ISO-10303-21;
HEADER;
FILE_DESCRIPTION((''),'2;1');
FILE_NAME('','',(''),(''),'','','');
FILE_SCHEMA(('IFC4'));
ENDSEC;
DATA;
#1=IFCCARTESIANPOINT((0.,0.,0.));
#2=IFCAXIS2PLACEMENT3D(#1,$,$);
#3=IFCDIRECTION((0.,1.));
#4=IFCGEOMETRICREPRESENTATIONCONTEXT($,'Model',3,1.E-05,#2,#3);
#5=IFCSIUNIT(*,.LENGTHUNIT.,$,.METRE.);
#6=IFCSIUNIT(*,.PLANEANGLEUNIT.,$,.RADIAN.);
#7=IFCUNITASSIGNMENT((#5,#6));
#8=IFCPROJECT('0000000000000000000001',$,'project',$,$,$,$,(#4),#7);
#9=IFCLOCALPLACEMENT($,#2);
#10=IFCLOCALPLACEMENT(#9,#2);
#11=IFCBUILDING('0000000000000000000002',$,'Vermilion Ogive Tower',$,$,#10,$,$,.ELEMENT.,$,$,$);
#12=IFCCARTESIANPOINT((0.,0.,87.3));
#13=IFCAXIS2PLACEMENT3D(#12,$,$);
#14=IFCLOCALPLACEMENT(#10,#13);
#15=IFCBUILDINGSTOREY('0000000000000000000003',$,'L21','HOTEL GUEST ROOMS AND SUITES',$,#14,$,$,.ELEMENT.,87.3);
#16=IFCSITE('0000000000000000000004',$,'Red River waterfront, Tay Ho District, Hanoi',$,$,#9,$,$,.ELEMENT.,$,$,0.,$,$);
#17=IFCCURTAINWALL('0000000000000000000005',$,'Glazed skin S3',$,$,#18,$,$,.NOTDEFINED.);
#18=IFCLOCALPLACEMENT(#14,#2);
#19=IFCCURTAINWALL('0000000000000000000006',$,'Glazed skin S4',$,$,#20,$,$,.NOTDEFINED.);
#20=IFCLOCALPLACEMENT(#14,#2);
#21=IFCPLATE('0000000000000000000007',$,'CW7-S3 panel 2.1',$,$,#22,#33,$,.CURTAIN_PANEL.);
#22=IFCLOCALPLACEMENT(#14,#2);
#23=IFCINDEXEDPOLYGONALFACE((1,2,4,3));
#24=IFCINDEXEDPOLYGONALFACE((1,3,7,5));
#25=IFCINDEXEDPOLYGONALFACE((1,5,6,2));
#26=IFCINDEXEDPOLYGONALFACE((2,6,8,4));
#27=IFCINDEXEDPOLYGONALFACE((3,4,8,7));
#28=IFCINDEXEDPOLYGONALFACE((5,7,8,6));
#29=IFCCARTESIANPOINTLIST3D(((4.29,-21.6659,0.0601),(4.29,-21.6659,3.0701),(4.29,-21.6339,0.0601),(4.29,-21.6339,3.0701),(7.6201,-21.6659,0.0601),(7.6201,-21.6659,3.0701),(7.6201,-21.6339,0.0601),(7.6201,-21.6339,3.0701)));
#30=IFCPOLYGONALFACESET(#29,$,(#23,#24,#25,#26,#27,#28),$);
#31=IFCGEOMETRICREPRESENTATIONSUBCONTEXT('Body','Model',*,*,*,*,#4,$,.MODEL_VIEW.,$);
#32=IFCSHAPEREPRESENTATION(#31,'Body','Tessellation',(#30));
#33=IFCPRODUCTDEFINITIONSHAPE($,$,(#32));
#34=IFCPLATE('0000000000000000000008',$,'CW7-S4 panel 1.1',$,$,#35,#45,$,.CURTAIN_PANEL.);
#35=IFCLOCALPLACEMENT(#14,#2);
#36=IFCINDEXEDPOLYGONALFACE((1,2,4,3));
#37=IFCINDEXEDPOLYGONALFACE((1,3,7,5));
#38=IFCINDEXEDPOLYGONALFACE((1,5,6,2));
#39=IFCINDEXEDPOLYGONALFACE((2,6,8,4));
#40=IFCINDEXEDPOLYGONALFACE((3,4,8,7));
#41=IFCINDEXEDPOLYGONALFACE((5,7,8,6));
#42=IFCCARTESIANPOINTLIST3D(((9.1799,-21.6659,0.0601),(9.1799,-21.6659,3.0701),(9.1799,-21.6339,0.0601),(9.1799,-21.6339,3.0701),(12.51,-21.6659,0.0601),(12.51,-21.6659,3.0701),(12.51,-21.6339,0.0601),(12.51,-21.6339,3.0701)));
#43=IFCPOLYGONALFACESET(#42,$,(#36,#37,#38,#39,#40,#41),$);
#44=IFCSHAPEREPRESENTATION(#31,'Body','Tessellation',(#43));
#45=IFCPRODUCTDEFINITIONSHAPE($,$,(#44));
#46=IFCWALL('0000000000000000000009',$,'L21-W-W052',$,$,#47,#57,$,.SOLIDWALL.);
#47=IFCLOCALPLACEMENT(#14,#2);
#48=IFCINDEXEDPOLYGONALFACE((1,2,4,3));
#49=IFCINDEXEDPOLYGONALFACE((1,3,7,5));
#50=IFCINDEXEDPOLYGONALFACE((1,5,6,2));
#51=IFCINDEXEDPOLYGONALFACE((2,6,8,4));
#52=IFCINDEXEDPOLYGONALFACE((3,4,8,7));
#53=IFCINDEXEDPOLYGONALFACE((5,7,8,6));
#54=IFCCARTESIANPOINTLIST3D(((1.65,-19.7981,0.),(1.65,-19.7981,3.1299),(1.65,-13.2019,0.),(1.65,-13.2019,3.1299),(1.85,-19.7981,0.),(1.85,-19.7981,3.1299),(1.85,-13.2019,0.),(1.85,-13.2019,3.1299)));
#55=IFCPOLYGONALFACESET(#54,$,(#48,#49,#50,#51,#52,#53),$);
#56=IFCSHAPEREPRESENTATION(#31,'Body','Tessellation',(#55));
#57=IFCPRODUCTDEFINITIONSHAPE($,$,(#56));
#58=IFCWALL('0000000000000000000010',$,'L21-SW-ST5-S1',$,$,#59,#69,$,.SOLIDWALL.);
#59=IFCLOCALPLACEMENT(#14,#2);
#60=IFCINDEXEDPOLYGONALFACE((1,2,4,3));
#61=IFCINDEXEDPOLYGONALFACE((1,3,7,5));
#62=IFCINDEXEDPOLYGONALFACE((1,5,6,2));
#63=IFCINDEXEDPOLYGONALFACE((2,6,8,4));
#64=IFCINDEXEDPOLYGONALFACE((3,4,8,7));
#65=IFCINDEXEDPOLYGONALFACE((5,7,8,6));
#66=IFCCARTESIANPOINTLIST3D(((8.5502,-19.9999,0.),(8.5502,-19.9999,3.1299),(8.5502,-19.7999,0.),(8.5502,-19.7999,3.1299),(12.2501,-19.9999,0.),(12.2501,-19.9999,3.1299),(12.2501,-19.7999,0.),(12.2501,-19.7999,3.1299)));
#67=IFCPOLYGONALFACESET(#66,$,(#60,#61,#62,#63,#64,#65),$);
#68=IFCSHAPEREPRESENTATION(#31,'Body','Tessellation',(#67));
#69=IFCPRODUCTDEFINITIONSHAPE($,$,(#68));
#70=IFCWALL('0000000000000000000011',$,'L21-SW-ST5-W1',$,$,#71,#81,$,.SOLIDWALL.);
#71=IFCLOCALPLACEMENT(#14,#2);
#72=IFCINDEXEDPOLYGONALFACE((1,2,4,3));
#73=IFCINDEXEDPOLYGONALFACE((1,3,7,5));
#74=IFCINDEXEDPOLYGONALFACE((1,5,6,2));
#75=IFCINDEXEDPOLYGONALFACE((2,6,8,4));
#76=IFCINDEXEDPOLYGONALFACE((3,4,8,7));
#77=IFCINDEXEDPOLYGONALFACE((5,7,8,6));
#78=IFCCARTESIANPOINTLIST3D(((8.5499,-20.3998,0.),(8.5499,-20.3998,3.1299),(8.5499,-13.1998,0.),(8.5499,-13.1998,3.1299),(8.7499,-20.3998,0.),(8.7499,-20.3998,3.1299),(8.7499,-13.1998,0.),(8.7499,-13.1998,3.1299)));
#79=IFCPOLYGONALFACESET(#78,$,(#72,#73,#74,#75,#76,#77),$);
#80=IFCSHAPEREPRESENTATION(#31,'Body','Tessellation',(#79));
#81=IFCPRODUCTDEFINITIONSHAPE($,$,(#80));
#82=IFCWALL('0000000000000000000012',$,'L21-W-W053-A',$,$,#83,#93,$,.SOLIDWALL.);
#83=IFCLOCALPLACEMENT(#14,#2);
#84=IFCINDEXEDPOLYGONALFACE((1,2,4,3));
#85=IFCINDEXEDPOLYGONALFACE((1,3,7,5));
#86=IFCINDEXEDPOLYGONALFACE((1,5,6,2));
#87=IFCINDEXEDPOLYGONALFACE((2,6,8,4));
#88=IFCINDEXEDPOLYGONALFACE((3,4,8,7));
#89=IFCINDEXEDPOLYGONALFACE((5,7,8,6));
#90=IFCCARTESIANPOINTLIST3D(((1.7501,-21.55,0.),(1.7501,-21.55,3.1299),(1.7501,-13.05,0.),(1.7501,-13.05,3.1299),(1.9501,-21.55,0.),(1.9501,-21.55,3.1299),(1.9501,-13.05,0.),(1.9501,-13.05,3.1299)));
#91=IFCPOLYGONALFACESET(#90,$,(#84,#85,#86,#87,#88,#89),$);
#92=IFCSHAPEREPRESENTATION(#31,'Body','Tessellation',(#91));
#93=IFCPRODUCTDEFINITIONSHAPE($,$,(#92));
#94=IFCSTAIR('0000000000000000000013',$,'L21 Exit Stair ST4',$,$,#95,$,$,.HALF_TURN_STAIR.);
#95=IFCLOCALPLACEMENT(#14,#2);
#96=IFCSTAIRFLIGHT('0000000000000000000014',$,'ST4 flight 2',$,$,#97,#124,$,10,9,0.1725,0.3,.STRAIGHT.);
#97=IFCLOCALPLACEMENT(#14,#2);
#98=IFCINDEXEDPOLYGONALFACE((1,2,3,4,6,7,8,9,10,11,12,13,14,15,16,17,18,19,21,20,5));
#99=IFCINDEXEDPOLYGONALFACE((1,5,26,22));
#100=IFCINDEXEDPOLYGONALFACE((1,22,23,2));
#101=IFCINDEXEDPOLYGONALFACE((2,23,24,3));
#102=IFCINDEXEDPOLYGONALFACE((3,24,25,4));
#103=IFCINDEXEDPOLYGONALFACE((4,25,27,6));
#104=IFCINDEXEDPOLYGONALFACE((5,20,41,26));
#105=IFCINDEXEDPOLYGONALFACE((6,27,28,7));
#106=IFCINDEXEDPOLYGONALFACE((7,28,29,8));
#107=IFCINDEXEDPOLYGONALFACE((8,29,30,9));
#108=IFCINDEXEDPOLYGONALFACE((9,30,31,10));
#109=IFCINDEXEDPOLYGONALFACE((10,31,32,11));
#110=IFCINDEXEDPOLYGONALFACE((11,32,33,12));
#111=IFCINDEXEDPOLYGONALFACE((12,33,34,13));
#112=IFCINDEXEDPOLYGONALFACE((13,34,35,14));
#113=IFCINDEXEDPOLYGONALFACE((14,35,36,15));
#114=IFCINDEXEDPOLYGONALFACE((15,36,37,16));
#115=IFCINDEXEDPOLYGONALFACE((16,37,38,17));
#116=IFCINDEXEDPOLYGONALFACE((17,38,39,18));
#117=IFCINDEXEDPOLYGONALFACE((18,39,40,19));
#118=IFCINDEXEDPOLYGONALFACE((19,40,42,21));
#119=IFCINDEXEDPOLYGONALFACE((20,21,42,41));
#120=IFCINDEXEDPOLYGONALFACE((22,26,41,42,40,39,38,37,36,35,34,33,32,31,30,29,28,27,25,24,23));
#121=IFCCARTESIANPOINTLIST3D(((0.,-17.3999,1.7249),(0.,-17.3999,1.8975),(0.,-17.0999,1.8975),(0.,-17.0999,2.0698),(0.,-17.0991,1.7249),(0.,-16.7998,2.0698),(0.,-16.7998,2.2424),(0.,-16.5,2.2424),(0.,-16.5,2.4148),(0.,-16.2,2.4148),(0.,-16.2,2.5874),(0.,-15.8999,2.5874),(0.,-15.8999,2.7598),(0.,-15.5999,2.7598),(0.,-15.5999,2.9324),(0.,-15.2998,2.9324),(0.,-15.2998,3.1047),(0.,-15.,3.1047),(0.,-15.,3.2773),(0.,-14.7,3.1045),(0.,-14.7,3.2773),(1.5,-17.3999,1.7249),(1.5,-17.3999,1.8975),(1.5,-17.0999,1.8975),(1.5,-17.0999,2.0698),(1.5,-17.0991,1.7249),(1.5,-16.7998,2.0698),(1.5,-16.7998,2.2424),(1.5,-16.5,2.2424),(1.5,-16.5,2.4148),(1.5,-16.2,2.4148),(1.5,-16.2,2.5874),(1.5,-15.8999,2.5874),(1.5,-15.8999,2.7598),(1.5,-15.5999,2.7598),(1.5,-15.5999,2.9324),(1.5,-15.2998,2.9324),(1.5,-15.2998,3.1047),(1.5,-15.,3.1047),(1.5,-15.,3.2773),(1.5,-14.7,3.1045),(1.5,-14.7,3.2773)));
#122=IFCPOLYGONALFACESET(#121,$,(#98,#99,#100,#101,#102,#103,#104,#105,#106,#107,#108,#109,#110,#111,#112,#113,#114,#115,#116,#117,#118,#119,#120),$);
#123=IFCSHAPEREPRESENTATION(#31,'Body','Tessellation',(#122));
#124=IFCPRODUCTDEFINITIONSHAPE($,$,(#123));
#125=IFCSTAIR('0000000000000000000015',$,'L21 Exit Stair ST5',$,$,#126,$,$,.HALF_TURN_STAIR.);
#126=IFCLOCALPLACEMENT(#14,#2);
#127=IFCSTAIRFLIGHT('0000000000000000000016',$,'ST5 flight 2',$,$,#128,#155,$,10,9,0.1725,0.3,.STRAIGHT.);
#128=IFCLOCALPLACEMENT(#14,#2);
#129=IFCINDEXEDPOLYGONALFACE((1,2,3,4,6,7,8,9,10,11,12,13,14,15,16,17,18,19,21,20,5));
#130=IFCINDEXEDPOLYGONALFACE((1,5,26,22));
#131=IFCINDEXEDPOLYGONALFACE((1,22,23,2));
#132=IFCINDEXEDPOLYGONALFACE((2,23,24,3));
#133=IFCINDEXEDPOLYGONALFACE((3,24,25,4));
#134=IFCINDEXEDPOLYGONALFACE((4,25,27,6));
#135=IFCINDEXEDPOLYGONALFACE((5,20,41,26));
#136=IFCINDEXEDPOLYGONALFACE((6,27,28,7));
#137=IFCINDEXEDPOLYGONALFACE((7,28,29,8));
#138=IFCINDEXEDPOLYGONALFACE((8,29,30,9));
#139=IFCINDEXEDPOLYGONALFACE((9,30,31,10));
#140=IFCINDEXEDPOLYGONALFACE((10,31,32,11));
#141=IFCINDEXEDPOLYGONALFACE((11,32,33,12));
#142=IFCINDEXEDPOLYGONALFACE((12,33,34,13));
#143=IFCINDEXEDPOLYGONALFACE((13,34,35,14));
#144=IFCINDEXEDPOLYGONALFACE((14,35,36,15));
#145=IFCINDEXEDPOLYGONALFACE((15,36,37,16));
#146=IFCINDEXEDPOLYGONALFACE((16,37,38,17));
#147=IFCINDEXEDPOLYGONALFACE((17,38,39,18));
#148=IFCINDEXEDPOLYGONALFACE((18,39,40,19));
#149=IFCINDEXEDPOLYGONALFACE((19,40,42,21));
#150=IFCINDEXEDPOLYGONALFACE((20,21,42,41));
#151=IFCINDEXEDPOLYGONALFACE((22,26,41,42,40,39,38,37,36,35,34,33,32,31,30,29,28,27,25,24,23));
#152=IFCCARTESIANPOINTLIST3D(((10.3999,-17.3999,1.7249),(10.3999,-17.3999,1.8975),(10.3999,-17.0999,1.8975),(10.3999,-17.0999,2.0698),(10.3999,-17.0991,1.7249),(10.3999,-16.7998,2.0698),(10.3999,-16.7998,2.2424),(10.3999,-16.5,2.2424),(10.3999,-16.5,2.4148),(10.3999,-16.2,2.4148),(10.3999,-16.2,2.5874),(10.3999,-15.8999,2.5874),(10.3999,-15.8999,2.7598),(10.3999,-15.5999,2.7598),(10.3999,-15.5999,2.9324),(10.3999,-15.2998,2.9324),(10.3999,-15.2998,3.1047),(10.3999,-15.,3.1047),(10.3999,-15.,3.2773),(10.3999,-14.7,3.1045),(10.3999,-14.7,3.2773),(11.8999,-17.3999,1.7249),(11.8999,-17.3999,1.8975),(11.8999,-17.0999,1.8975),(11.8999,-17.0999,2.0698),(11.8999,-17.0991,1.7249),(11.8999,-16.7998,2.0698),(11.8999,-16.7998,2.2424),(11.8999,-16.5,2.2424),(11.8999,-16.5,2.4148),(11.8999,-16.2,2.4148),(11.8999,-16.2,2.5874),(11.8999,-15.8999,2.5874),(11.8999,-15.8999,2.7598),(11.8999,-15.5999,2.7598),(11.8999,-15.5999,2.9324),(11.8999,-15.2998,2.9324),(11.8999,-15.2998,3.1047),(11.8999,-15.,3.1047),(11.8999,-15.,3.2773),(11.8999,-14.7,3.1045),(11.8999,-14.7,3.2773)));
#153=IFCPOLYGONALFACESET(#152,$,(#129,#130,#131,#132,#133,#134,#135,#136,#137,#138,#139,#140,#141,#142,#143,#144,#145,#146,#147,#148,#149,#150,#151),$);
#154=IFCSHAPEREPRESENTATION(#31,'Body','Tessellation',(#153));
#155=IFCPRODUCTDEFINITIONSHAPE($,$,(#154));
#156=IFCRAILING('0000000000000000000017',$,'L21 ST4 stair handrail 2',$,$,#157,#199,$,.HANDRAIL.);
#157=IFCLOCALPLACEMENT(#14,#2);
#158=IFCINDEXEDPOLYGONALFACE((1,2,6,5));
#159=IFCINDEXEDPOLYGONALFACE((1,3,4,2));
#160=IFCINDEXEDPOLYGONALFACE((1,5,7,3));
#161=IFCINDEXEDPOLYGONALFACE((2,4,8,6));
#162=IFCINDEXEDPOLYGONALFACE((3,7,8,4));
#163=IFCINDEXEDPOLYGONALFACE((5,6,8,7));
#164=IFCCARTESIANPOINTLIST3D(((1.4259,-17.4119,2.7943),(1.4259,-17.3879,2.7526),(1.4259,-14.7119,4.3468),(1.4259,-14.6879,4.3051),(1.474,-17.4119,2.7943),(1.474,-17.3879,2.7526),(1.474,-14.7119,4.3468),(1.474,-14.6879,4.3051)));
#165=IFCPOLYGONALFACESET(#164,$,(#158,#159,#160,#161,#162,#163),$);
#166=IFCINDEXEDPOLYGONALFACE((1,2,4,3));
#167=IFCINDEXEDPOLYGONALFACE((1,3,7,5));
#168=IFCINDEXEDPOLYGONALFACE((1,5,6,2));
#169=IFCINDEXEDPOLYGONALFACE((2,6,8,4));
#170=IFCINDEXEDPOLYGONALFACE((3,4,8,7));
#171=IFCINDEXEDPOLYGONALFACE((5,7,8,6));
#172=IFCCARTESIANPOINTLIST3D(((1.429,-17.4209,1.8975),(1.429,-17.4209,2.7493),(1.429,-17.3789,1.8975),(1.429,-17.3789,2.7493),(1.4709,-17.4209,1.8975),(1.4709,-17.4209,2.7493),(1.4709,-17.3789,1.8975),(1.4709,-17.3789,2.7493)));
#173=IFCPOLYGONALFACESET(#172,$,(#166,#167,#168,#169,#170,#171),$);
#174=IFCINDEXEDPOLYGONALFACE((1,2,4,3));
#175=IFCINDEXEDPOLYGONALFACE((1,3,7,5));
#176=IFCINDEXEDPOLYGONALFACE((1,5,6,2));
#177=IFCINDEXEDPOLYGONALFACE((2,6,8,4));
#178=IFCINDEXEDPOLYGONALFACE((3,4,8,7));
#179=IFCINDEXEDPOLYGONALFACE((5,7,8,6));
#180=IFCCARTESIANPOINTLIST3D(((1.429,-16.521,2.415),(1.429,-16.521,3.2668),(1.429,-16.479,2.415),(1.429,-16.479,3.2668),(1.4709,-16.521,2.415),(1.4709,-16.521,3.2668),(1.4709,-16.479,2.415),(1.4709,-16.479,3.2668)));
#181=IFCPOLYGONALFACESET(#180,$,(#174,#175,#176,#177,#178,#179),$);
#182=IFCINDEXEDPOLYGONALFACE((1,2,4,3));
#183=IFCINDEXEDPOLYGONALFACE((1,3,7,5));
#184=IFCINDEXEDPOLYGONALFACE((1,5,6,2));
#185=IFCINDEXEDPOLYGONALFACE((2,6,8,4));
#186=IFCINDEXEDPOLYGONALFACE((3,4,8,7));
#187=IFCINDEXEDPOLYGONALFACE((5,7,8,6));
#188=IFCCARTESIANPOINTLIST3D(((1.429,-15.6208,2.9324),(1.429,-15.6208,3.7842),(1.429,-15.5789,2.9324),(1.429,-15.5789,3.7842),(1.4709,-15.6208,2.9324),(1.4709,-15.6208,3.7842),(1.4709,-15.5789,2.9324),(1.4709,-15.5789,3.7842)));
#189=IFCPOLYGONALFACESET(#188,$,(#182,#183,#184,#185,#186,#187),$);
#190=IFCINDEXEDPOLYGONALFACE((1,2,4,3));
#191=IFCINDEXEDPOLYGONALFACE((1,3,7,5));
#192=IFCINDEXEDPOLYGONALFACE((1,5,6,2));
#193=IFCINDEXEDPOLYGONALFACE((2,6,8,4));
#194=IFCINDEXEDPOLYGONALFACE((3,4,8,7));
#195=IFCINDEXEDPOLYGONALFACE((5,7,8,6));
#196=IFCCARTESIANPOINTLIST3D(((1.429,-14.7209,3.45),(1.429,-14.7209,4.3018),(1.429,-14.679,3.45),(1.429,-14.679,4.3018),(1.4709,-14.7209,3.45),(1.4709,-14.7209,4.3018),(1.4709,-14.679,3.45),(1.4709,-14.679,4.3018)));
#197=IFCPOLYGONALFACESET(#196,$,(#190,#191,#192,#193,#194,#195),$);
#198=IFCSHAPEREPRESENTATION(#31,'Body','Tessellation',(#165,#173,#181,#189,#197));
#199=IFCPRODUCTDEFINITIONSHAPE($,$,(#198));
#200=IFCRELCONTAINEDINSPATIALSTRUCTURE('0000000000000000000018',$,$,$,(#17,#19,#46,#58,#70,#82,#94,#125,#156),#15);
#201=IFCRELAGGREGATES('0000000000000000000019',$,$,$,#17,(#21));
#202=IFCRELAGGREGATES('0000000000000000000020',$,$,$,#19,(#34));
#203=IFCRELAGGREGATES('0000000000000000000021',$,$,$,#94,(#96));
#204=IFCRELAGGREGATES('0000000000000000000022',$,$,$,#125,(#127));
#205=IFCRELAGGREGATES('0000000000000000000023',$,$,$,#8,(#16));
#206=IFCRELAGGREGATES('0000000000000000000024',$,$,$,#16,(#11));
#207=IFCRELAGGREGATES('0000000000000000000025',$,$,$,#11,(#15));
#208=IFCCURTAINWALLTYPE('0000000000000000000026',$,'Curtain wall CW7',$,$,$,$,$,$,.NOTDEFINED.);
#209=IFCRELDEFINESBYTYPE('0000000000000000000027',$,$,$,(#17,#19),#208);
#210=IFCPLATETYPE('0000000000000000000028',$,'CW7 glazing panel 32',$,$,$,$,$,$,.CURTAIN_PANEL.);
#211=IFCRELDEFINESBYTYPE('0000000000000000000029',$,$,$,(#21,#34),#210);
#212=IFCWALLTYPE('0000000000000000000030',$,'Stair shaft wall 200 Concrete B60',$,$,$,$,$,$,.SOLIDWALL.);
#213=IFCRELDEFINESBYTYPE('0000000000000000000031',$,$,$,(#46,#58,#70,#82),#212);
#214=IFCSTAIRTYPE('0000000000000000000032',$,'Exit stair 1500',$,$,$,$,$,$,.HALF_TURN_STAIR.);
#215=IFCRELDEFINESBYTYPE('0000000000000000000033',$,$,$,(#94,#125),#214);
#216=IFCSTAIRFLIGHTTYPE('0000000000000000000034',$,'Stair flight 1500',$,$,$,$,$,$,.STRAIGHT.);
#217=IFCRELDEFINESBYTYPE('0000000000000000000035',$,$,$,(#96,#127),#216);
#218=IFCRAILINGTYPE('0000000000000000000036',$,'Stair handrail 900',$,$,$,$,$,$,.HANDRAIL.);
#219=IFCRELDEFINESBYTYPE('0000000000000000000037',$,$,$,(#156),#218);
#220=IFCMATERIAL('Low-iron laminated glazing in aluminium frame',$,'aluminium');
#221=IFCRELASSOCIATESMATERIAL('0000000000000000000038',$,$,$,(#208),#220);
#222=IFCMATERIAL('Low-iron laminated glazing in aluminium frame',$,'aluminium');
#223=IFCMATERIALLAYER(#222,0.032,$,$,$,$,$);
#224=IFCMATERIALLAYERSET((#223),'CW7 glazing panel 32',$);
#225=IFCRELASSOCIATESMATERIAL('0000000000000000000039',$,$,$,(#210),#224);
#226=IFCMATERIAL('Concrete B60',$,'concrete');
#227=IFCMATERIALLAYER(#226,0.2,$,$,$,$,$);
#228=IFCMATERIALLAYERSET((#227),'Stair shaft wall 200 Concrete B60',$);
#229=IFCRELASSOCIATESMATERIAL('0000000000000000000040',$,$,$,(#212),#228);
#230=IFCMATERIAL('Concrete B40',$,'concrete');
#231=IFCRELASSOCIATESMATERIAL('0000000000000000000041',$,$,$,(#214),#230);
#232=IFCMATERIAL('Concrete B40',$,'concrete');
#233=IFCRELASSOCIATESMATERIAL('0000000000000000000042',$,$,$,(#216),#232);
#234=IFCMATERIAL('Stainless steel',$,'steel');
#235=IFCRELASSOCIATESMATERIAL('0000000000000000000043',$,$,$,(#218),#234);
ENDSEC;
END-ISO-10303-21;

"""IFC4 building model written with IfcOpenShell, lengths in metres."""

from ifc_helpers import new_model, si_unit, direction, frame, frame_2d, origin, origin_2d, place, context, subcontext, project, spatial, polyline, rectangle, outline, extrude, material, layer, layer_set, type_object, element, aggregate, save


model = new_model("IFC4")

# Units and contexts
model_context = context("Model", 3, precision=1e-05, world=origin(), true_north=direction((0.0, 1.0)))
body_context = subcontext(model_context, "Body", "Model", "MODEL_VIEW")
ifc_project = project(units=[si_unit("LENGTHUNIT", "METRE"), si_unit("PLANEANGLEUNIT", "RADIAN")], contexts=[model_context])

# Site, building, storey
site_placement = place(None, origin())
site = spatial("IfcSite", under=ifc_project, at=site_placement, Name="Red River waterfront, Tay Ho District, Hanoi", CompositionType="ELEMENT", RefElevation=0.0)
building_placement = place(site_placement, origin())
building = spatial("IfcBuilding", under=site, at=building_placement, Name="Vermilion Ogive Tower", CompositionType="ELEMENT")
storey_placement = place(building_placement, frame((0.0, 0.0, 87.3)))
storey = spatial("IfcBuildingStorey", under=building, at=storey_placement, Name="L21", Description="HOTEL GUEST ROOMS AND SUITES", CompositionType="ELEMENT", Elevation=87.3)

# Curtain wall
ifc_material_1 = material(Name="Low-iron laminated glazing in aluminium frame", Category="aluminium")
curtain_wall_type = type_object("IfcCurtainWallType", Name="Curtain wall CW7", PredefinedType="NOTDEFINED", material=ifc_material_1)
curtain_wall_1_placement = place(storey_placement, origin())
curtain_wall_1 = element("IfcCurtainWall", 1, at=curtain_wall_1_placement, inside=storey, type_object=curtain_wall_type, Name="Glazed skin S3", PredefinedType="NOTDEFINED")

# Curtain wall
curtain_wall_2_placement = place(storey_placement, origin())
curtain_wall_2 = element("IfcCurtainWall", 2, at=curtain_wall_2_placement, inside=storey, type_object=curtain_wall_type, Name="Glazed skin S4", PredefinedType="NOTDEFINED")

# Plates
ifc_material_2 = material(Name="Low-iron laminated glazing in aluminium frame", Category="aluminium")
ifc_layer_1 = layer(ifc_material_2, 0.032)
ifc_layer_set_1 = layer_set([ifc_layer_1], Name="CW7 glazing panel 32")
plate_type = type_object("IfcPlateType", Name="CW7 glazing panel 32", PredefinedType="CURTAIN_PANEL", material=ifc_layer_set_1)
plate_1_placement = place(storey_placement, frame((5.9551, -21.6499, 0.0601), z_axis=(0.0, 0.0, 1.0), x_axis=(1.0, 0.0, 0.0)))
plate_1 = element("IfcPlate", 3, at=plate_1_placement, type_object=plate_type, Name="CW7-S3 panel 2.1", PredefinedType="CURTAIN_PANEL", context=body_context, shape_type="SweptSolid", body=[
    extrude(rectangle(XDim=3.3301, YDim=0.032, at=origin_2d()), origin(), (0.0, 0.0, 1.0), 3.01),
])
aggregate(curtain_wall_1, [plate_1])
plate_2_placement = place(storey_placement, frame((10.845, -21.6499, 0.0601), z_axis=(0.0, 0.0, 1.0), x_axis=(1.0, 0.0, 0.0)))
plate_2 = element("IfcPlate", 4, at=plate_2_placement, type_object=plate_type, Name="CW7-S4 panel 1.1", PredefinedType="CURTAIN_PANEL", context=body_context, shape_type="SweptSolid", body=[
    extrude(rectangle(XDim=3.3301, YDim=0.032, at=origin_2d()), origin(), (0.0, 0.0, 1.0), 3.01),
])
aggregate(curtain_wall_2, [plate_2])

# Walls
ifc_material_3 = material(Name="Concrete B60", Category="concrete")
ifc_layer_2 = layer(ifc_material_3, 0.2)
ifc_layer_set_2 = layer_set([ifc_layer_2], Name="Stair shaft wall 200 Concrete B60")
wall_type = type_object("IfcWallType", Name="Stair shaft wall 200 Concrete B60", PredefinedType="SOLIDWALL", material=ifc_layer_set_2)
wall_1_placement = place(storey_placement, frame((1.75, -19.7981, 0.0), z_axis=(0.0, 0.0, 1.0), x_axis=(0.0, 1.0, 0.0)))
element("IfcWall", 5, at=wall_1_placement, inside=storey, type_object=wall_type, Name="L21-W-W052", PredefinedType="SOLIDWALL", context=body_context, shape_type="SweptSolid", body=[
    extrude(rectangle(XDim=6.5962, YDim=0.2, at=frame_2d((3.2981, 0.0))), origin(), (0.0, 0.0, 1.0), 3.1299),
])
wall_2_placement = place(storey_placement, frame((8.55, -19.8999, 0.0), z_axis=(0.0, 0.0, 1.0), x_axis=(1.0, 0.0, 0.0)))
element("IfcWall", 6, at=wall_2_placement, inside=storey, type_object=wall_type, Name="L21-SW-ST5-S1", PredefinedType="SOLIDWALL", context=body_context, shape_type="SweptSolid", body=[
    extrude(rectangle(XDim=3.7, YDim=0.2, at=frame_2d((1.8501, 0.0))), origin(), (0.0, 0.0, 1.0), 3.1299),
])
wall_3_placement = place(storey_placement, frame((8.6499, -20.3999, 0.0), z_axis=(0.0, 0.0, 1.0), x_axis=(0.0, 1.0, 0.0)))
element("IfcWall", 7, at=wall_3_placement, inside=storey, type_object=wall_type, Name="L21-SW-ST5-W1", PredefinedType="SOLIDWALL", context=body_context, shape_type="SweptSolid", body=[
    extrude(rectangle(XDim=7.2, YDim=0.2, at=frame_2d((3.6001, 0.0))), origin(), (0.0, 0.0, 1.0), 3.1299),
])
wall_4_placement = place(storey_placement, frame((1.8501, -21.55, 0.0), z_axis=(0.0, 0.0, 1.0), x_axis=(0.0, 1.0, 0.0)))
element("IfcWall", 8, at=wall_4_placement, inside=storey, type_object=wall_type, Name="L21-W-W053-A", PredefinedType="SOLIDWALL", context=body_context, shape_type="SweptSolid", body=[
    extrude(rectangle(XDim=8.5, YDim=0.2, at=frame_2d((4.25, 0.0))), origin(), (0.0, 0.0, 1.0), 3.1299),
])

# Stairs, stair flights
ifc_material_4 = material(Name="Concrete B40", Category="concrete")
stair_type = type_object("IfcStairType", Name="Exit stair 1500", PredefinedType="HALF_TURN_STAIR", material=ifc_material_4)
stair_1_placement = place(storey_placement, origin())
stair_1 = element("IfcStair", 9, at=stair_1_placement, inside=storey, type_object=stair_type, Name="L21 Exit Stair ST4", PredefinedType="HALF_TURN_STAIR")
ifc_material_5 = material(Name="Concrete B40", Category="concrete")
stair_flight_type = type_object("IfcStairFlightType", Name="Stair flight 1500", PredefinedType="STRAIGHT", material=ifc_material_5)
stair_flight_1_placement = place(storey_placement, frame((0.75, -17.3999, 1.7249), z_axis=(0.0, 0.0, 1.0), x_axis=(0.0, 1.0, 0.0)))
stair_flight_1 = element("IfcStairFlight", 10, at=stair_flight_1_placement, type_object=stair_flight_type, Name="ST4 flight 2", NumberOfRisers=10, NumberOfTreads=9, PredefinedType="STRAIGHT", RiserHeight=0.1725, TreadLength=0.3, context=body_context, shape_type="SweptSolid", body=[
    extrude(outline(polyline([(0.0, 0.0), (0.0, 0.1726), (0.3, 0.1726), (0.3, 0.345), (0.6001, 0.345), (0.6001, 0.5176), (0.8999, 0.5176), (0.8999, 0.6899), (1.2, 0.6899), (1.2, 0.8625), (1.5, 0.8625), (1.5, 1.0349), (1.8, 1.0349), (1.8, 1.2075), (2.1001, 1.2075), (2.1001, 1.3799), (2.3999, 1.3799), (2.3999, 1.5525), (2.7, 1.5525), (2.7, 1.7251), (2.7, 1.3796), (0.3008, 0.0), (0.0, 0.0)])), frame((0.0, 0.75, 0.0), z_axis=(0.0, -1.0, 0.0), x_axis=(1.0, 0.0, 0.0)), (0.0, 0.0, 1.0), 1.5),
])
aggregate(stair_1, [stair_flight_1])
stair_2_placement = place(storey_placement, origin())
stair_2 = element("IfcStair", 11, at=stair_2_placement, inside=storey, type_object=stair_type, Name="L21 Exit Stair ST5", PredefinedType="HALF_TURN_STAIR")
stair_flight_2_placement = place(storey_placement, frame((11.1499, -17.3999, 1.7249), z_axis=(0.0, 0.0, 1.0), x_axis=(0.0, 1.0, 0.0)))
stair_flight_2 = element("IfcStairFlight", 12, at=stair_flight_2_placement, type_object=stair_flight_type, Name="ST5 flight 2", NumberOfRisers=10, NumberOfTreads=9, PredefinedType="STRAIGHT", RiserHeight=0.1725, TreadLength=0.3, context=body_context, shape_type="SweptSolid", body=[
    extrude(outline(polyline([(0.0, 0.0), (0.0, 0.1726), (0.3, 0.1726), (0.3, 0.345), (0.6001, 0.345), (0.6001, 0.5176), (0.8999, 0.5176), (0.8999, 0.6899), (1.2, 0.6899), (1.2, 0.8625), (1.5, 0.8625), (1.5, 1.0349), (1.8, 1.0349), (1.8, 1.2075), (2.1001, 1.2075), (2.1001, 1.3799), (2.3999, 1.3799), (2.3999, 1.5525), (2.7, 1.5525), (2.7, 1.7251), (2.7, 1.3796), (0.3008, 0.0), (0.0, 0.0)])), frame((0.0, 0.75, 0.0), z_axis=(0.0, -1.0, 0.0), x_axis=(1.0, 0.0, 0.0)), (0.0, 0.0, 1.0), 1.5),
])
aggregate(stair_2, [stair_flight_2])

# Railing
ifc_material_6 = material(Name="Stainless steel", Category="steel")
railing_type = type_object("IfcRailingType", Name="Stair handrail 900", PredefinedType="HANDRAIL", material=ifc_material_6)
railing_placement = place(storey_placement, frame((1.45, -17.3999, 1.8975)))
element("IfcRailing", 13, at=railing_placement, inside=storey, type_object=railing_type, Name="L21 ST4 stair handrail 2", PredefinedType="HANDRAIL", context=body_context, shape_type="SweptSolid", body=[
    extrude(rectangle(XDim=0.0481, YDim=0.0481, at=origin_2d()), frame((0.0, 0.0, 0.876), z_axis=(0.0, 0.866904, 0.498476), x_axis=(-1.0, 0.0, 0.0)), (0.0, 0.0, 1.0), 3.1145),
    extrude(rectangle(XDim=0.042, YDim=0.042, at=origin_2d()), origin(), (0.0, 0.0, 1.0), 0.8518),
    extrude(rectangle(XDim=0.042, YDim=0.042, at=origin_2d()), frame((0.0, 0.8999, 0.5176)), (0.0, 0.0, 1.0), 0.8518),
    extrude(rectangle(XDim=0.042, YDim=0.042, at=origin_2d()), frame((0.0, 1.8, 1.0349)), (0.0, 0.0, 1.0), 0.8518),
    extrude(rectangle(XDim=0.042, YDim=0.042, at=origin_2d()), frame((0.0, 2.7, 1.5525)), (0.0, 0.0, 1.0), 0.8518),
])

save(model, "model.ifc")
